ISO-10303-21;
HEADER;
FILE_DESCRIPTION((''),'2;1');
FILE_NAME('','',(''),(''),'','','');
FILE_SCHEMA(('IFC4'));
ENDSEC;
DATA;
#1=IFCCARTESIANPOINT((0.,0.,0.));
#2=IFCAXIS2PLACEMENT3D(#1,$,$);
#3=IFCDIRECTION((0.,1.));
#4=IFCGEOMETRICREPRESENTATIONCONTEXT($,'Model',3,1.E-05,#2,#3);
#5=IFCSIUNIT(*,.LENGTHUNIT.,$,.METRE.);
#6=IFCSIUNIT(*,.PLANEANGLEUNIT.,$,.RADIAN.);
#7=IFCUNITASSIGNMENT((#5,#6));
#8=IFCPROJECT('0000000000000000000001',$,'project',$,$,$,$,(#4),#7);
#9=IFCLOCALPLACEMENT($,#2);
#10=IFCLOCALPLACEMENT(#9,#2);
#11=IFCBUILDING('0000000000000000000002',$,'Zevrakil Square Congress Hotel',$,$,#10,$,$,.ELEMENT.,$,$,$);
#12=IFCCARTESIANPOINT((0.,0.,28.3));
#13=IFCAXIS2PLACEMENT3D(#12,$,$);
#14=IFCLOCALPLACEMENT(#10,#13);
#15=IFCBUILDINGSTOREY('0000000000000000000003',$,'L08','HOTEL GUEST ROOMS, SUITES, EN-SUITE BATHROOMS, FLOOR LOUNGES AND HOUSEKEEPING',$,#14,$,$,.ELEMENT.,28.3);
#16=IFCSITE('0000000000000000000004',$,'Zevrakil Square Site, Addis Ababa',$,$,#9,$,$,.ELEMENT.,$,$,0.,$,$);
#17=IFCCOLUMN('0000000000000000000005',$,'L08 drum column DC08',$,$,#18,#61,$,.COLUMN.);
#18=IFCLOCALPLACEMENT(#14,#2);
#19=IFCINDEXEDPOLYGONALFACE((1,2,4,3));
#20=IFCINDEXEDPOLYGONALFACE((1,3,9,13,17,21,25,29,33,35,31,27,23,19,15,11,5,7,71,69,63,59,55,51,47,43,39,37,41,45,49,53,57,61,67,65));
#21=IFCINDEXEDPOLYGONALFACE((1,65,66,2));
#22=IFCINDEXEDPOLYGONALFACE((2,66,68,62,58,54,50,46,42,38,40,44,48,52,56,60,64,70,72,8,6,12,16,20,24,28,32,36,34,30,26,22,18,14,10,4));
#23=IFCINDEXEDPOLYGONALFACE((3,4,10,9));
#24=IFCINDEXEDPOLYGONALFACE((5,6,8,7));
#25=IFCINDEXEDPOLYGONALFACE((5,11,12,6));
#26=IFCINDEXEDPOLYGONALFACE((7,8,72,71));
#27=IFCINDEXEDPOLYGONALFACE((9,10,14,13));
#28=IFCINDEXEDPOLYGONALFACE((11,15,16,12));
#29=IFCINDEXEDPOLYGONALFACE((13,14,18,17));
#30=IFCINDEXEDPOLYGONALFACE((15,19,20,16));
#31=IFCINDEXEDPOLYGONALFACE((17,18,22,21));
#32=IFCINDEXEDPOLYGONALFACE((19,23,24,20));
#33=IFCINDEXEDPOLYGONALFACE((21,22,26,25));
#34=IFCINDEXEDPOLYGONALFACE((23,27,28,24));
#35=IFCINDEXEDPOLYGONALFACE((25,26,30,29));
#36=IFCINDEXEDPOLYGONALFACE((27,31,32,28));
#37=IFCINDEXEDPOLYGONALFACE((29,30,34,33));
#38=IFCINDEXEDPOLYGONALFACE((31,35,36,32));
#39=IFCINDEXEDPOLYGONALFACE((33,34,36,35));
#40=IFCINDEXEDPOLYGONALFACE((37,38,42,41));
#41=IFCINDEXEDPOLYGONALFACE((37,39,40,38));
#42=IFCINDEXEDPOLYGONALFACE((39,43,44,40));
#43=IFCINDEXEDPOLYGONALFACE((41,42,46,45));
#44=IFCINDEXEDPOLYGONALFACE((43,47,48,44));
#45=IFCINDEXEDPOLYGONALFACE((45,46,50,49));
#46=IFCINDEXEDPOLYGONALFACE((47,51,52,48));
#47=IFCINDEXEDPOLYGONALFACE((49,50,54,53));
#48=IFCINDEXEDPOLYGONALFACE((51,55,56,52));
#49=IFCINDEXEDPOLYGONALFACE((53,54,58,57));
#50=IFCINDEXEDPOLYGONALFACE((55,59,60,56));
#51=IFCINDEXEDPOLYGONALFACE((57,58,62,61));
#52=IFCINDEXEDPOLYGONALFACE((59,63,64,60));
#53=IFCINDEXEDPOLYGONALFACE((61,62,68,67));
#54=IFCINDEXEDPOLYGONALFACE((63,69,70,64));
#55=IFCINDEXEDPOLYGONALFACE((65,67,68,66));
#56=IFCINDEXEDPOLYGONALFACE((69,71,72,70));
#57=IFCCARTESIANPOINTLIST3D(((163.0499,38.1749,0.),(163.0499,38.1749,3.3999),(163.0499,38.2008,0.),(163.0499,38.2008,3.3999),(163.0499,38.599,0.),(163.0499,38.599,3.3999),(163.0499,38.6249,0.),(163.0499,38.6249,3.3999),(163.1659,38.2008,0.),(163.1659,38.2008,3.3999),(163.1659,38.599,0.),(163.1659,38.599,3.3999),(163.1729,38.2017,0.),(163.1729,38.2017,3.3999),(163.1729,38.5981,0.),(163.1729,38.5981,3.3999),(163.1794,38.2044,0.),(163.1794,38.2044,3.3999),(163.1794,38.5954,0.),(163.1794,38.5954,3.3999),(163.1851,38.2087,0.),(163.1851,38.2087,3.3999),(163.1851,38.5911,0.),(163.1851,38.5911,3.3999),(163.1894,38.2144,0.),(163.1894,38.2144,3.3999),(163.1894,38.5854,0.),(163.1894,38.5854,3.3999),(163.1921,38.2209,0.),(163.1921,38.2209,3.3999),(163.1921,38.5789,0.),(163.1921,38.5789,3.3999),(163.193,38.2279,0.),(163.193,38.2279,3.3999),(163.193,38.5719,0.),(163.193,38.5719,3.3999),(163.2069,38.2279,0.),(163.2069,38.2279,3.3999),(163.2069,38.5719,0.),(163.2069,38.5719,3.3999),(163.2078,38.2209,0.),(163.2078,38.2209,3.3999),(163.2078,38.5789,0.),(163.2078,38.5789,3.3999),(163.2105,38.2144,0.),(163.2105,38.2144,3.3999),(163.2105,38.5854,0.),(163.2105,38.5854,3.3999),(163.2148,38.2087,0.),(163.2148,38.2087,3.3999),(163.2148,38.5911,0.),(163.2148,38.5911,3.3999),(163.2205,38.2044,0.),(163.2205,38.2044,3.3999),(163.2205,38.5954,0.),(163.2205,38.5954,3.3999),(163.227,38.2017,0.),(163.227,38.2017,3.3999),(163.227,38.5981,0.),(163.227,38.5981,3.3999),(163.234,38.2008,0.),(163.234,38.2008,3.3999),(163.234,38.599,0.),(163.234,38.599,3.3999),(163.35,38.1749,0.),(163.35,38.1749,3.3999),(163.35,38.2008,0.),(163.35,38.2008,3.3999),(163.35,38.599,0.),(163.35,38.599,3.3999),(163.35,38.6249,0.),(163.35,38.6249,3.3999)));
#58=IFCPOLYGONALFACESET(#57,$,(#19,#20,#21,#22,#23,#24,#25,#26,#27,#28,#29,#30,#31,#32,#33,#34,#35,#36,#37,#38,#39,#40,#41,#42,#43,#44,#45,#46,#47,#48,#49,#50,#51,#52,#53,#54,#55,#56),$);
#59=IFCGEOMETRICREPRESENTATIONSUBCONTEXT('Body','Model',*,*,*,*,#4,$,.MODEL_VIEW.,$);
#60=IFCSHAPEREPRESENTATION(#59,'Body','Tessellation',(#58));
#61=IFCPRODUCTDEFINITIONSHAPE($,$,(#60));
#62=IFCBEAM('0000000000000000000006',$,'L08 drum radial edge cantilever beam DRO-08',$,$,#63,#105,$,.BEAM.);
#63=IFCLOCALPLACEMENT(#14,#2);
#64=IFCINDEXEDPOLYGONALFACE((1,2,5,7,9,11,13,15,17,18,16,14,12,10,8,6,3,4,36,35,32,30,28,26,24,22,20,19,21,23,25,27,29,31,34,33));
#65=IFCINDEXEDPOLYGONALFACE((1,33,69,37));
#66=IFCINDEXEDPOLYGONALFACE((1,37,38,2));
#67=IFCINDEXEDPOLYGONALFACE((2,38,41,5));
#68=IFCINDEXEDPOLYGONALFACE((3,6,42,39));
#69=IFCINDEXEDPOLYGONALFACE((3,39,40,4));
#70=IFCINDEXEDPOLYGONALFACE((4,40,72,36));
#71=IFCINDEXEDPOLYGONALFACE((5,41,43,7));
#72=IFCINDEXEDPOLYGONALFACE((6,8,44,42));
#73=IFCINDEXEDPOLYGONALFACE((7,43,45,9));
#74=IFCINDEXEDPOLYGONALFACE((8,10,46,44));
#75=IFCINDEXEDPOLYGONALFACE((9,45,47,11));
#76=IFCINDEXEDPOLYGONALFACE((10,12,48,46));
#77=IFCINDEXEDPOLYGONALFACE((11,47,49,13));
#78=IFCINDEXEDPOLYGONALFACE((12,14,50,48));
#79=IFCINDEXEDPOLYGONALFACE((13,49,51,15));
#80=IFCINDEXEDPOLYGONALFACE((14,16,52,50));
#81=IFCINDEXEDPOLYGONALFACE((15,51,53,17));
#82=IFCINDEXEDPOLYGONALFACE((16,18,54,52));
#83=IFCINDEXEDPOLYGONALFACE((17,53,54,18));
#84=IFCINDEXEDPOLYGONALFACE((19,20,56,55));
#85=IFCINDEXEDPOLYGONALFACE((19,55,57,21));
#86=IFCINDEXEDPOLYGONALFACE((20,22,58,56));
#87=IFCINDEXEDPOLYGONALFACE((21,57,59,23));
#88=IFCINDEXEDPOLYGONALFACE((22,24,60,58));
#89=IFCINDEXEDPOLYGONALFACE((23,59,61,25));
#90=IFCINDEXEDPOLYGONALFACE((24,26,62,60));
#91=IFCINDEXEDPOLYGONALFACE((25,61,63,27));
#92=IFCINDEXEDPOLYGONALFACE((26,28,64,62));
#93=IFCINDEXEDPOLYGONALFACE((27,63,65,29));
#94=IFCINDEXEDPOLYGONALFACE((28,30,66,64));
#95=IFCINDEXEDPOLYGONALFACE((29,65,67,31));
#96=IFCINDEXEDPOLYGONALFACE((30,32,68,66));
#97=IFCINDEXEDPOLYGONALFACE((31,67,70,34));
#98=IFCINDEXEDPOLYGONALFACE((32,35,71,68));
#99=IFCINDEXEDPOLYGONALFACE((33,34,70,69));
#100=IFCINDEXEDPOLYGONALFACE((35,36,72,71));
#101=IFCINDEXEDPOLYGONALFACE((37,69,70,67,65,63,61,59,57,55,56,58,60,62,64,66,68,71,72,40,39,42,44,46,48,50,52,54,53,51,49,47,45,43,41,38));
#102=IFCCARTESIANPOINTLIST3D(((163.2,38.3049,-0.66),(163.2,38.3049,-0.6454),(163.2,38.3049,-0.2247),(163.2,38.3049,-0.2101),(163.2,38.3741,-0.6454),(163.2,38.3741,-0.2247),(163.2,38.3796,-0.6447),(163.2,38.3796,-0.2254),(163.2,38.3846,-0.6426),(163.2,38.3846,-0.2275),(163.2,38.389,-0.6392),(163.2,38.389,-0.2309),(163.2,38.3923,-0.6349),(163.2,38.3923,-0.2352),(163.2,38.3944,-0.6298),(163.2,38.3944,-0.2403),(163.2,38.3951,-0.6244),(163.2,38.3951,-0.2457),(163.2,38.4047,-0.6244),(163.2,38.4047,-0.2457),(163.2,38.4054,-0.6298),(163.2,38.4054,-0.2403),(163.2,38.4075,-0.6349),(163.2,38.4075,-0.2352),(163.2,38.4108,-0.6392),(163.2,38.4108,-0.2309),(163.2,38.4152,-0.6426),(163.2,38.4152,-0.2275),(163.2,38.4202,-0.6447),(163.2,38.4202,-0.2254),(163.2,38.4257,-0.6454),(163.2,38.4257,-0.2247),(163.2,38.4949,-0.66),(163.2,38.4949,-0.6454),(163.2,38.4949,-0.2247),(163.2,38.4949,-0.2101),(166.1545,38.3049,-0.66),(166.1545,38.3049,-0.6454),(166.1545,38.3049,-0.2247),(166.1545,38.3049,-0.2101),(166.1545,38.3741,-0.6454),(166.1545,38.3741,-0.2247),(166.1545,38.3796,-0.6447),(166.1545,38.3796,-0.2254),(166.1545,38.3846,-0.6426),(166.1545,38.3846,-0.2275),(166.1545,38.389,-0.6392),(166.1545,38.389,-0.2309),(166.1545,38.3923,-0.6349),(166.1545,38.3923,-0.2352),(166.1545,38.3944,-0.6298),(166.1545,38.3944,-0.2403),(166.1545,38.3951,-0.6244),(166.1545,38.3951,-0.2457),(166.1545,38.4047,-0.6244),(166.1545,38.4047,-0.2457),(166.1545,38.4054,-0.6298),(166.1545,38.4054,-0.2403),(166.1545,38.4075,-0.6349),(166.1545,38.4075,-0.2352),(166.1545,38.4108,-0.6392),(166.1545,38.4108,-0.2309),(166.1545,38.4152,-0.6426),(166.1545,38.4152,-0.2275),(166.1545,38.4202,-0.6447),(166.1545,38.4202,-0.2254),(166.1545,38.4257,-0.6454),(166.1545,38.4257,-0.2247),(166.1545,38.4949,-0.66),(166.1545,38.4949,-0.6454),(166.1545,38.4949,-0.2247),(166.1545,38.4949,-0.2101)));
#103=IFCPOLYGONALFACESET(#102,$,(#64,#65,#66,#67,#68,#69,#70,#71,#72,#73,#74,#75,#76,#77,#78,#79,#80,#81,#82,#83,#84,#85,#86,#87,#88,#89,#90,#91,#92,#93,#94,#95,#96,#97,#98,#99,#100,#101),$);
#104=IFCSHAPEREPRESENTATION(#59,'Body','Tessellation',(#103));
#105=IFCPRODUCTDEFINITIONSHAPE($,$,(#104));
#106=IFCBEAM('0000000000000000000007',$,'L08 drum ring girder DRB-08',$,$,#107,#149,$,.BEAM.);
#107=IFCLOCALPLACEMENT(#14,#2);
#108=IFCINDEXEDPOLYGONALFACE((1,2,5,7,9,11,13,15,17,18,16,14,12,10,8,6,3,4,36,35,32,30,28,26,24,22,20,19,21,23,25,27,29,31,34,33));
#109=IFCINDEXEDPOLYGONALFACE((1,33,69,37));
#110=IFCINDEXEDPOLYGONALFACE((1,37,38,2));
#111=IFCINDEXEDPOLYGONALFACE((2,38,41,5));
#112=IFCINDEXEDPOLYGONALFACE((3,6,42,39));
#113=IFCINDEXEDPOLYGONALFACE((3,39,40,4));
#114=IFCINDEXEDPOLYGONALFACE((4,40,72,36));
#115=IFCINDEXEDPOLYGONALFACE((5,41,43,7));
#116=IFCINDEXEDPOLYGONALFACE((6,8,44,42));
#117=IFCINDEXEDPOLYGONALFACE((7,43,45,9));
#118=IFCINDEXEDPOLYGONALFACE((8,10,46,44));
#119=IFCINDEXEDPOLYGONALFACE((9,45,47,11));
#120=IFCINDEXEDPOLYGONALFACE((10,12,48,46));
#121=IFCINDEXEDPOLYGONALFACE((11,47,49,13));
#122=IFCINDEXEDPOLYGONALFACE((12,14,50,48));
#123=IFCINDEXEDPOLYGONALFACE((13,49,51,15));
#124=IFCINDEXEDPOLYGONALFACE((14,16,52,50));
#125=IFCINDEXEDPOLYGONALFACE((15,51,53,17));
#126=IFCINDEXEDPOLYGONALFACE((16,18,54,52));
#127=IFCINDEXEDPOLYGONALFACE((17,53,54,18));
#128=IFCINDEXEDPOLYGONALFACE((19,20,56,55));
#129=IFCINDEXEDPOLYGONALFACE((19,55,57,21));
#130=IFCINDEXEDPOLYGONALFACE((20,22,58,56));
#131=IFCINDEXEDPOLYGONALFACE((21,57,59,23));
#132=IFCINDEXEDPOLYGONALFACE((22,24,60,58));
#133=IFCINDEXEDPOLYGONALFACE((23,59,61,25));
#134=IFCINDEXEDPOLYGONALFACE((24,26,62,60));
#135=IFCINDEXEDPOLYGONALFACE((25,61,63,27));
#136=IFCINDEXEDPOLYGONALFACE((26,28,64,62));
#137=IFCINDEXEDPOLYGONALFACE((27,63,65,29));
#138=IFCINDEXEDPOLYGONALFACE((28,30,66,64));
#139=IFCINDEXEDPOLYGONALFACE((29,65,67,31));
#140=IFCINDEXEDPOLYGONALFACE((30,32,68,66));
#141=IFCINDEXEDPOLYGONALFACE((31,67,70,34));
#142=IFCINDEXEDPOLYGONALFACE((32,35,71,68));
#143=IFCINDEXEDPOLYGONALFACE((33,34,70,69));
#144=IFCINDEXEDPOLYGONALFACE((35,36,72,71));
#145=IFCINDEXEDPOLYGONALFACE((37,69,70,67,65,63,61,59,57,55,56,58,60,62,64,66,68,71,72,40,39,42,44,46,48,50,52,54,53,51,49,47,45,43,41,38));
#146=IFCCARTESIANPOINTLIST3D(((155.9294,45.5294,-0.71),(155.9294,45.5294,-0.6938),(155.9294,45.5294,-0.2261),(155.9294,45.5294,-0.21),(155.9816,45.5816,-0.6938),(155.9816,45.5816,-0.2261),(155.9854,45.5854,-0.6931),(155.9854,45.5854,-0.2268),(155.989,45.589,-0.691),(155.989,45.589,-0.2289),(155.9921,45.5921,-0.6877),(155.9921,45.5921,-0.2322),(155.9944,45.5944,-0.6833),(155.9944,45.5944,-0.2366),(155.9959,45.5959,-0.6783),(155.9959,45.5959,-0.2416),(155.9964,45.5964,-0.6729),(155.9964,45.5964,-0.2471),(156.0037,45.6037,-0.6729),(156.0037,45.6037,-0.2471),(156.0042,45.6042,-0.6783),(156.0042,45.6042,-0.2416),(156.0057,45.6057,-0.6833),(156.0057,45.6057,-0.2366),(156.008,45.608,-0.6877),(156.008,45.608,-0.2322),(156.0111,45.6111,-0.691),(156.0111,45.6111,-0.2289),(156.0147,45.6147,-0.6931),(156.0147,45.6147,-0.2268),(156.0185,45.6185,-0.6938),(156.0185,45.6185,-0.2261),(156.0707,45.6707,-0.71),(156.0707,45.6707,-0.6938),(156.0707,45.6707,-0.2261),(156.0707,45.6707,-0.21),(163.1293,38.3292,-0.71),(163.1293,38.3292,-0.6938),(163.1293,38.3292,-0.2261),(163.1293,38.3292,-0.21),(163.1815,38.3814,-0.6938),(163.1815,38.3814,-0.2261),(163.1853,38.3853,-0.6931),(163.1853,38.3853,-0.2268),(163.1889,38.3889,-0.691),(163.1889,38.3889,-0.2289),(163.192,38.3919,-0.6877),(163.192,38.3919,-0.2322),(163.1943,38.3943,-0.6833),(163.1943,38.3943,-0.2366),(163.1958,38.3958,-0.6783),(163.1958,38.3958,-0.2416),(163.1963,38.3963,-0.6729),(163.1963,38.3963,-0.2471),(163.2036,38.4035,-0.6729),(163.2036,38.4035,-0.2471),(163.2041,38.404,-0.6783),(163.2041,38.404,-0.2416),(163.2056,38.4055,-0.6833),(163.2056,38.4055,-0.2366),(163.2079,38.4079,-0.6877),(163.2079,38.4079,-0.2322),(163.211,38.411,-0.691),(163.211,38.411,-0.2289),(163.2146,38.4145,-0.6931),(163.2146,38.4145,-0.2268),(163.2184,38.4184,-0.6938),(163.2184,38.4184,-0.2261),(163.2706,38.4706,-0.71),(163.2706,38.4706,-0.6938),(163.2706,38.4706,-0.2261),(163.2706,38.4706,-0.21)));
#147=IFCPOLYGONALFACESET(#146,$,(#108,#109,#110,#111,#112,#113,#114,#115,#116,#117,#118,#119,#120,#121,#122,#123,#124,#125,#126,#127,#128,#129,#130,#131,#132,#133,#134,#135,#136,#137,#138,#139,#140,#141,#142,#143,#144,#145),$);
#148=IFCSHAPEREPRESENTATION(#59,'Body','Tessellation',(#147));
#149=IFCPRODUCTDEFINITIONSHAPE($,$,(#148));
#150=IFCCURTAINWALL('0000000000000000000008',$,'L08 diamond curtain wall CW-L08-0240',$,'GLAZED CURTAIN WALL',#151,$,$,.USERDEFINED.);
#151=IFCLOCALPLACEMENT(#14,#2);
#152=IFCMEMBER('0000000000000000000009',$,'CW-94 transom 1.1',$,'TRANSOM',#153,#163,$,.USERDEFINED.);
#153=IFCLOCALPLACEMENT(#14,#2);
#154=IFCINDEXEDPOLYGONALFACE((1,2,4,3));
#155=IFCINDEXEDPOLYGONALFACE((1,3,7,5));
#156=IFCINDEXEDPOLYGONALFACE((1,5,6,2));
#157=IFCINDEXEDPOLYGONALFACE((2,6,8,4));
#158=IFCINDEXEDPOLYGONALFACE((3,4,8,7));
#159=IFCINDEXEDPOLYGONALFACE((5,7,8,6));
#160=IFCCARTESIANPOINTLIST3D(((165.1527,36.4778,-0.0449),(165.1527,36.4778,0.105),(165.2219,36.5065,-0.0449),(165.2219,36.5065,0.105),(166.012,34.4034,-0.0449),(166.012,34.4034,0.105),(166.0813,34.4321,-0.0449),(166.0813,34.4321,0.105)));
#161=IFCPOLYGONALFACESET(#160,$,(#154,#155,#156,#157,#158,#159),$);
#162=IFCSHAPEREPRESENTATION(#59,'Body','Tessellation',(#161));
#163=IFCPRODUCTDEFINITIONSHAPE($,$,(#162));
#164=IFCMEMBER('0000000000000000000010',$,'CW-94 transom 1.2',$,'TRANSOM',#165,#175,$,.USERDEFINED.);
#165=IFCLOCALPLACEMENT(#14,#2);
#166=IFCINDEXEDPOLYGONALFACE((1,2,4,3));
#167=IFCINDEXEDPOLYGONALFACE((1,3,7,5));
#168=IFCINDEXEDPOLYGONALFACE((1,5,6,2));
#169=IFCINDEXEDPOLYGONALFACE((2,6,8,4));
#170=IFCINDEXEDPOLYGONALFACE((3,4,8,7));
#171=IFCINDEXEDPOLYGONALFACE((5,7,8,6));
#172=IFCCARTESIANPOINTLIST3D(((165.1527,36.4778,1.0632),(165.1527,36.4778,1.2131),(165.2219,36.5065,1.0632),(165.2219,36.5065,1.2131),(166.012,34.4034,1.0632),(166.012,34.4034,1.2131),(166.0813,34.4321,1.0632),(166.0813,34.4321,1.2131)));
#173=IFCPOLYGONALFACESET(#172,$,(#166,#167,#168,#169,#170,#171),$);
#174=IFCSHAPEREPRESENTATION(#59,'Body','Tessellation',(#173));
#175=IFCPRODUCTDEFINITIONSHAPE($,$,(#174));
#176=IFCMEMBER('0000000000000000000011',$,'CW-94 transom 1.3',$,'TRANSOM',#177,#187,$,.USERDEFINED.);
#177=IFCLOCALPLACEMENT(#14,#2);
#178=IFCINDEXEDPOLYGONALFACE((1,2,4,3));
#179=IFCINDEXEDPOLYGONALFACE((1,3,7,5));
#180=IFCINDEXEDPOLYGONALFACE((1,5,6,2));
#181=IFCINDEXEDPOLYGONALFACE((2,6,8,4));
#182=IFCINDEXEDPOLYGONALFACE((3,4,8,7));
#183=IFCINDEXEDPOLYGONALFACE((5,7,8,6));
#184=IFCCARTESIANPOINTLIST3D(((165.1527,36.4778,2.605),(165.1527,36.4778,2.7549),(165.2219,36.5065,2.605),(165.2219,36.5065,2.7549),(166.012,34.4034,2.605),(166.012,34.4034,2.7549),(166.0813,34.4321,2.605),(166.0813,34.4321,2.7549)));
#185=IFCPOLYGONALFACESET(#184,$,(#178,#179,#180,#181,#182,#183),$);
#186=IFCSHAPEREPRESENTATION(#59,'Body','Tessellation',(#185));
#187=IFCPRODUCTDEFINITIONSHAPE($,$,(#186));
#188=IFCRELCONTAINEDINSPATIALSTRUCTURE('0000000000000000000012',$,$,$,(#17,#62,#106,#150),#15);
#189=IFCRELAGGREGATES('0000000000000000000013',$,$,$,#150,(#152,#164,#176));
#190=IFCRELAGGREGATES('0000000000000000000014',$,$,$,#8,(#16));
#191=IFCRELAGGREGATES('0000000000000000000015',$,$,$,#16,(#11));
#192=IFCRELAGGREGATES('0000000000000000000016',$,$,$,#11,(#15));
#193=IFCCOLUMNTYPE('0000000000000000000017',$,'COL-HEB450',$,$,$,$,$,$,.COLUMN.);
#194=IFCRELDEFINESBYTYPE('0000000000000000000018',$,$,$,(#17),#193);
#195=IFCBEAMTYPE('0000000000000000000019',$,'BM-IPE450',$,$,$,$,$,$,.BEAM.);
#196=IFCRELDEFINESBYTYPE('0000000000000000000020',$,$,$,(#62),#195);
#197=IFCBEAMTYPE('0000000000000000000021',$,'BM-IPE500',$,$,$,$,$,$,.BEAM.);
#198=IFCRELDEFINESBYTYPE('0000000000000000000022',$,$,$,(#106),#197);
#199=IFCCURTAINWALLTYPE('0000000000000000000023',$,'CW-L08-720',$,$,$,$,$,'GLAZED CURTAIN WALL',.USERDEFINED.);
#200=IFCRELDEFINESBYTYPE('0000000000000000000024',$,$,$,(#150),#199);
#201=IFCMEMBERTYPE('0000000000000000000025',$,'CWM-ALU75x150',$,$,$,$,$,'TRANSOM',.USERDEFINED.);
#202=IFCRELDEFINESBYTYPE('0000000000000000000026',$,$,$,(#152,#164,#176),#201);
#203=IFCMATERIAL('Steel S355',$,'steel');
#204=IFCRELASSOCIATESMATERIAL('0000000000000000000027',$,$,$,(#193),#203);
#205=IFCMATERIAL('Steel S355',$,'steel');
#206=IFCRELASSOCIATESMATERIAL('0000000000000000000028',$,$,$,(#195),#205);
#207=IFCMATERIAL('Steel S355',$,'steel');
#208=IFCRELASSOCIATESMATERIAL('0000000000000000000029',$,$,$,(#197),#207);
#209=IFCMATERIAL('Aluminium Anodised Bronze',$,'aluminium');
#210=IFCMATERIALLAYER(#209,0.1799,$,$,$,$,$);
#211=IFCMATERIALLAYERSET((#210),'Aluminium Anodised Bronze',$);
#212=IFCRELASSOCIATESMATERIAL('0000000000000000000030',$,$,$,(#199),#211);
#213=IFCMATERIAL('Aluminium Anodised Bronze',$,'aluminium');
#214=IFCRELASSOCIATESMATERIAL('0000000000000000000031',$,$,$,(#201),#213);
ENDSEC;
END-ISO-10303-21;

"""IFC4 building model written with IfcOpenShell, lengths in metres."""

from ifc_helpers import new_model, si_unit, direction, frame, origin, origin_2d, place, context, subcontext, project, spatial, rectangle, i_section, extrude, material, layer, layer_set, material_profile, profile_set, type_object, element, aggregate, save


model = new_model("IFC4")

# Units and contexts
model_context = context("Model", 3, precision=1e-05, world=origin(), true_north=direction((0.0, 1.0)))
body_context = subcontext(model_context, "Body", "Model", "MODEL_VIEW")
ifc_project = project(units=[si_unit("LENGTHUNIT", "METRE"), si_unit("PLANEANGLEUNIT", "RADIAN")], contexts=[model_context])

# Site, building, storey
site_placement = place(None, origin())
site = spatial("IfcSite", under=ifc_project, at=site_placement, Name="Zevrakil Square Site, Addis Ababa", CompositionType="ELEMENT", RefElevation=0.0)
building_placement = place(site_placement, origin())
building = spatial("IfcBuilding", under=site, at=building_placement, Name="Zevrakil Square Congress Hotel", CompositionType="ELEMENT")
storey_placement = place(building_placement, frame((0.0, 0.0, 28.3)))
storey = spatial("IfcBuildingStorey", under=building, at=storey_placement, Name="L08", Description="HOTEL GUEST ROOMS, SUITES, EN-SUITE BATHROOMS, FLOOR LOUNGES AND HOUSEKEEPING", CompositionType="ELEMENT", Elevation=28.3)

# Column
ifc_material_1 = material(Name="Steel S355", Category="steel")
ifc_material_profile_1 = material_profile(ifc_material_1, i_section(OverallWidth=0.3, OverallDepth=0.45, WebThickness=0.0139, FlangeThickness=0.0259, FilletRadius=0.0271, at=origin_2d()), Name="HEB 450")
ifc_profile_set_1 = profile_set([ifc_material_profile_1], Name="Steel S355")
column_type = type_object("IfcColumnType", Name="COL-HEB450", PredefinedType="COLUMN", material=ifc_profile_set_1)
column_placement = place(storey_placement, frame((163.2, 38.3999, 0.0), z_axis=(0.0, 0.0, 1.0), x_axis=(1.0, 0.0, 0.0)))
element("IfcColumn", 1, at=column_placement, inside=storey, type_object=column_type, Name="L08 drum column DC08", PredefinedType="COLUMN", context=body_context, shape_type="SweptSolid", body=[
    extrude(i_section(OverallWidth=0.3, OverallDepth=0.45, WebThickness=0.0139, FlangeThickness=0.0259, FilletRadius=0.0271, at=origin_2d()), origin(), (0.0, 0.0, 1.0), 3.3999),
])

# Beams
ifc_material_2 = material(Name="Steel S355", Category="steel")
ifc_material_profile_2 = material_profile(ifc_material_2, i_section(OverallWidth=0.1899, OverallDepth=0.45, WebThickness=0.0095, FlangeThickness=0.0146, FilletRadius=0.021, at=origin_2d()), Name="IPE 450")
ifc_profile_set_2 = profile_set([ifc_material_profile_2], Name="Steel S355")
beam_type_1 = type_object("IfcBeamType", Name="BM-IPE450", PredefinedType="BEAM", material=ifc_profile_set_2)
beam_1_placement = place(storey_placement, frame((163.2, 38.3999, -0.4351), z_axis=(1.0, 0.0, 0.0), x_axis=(0.0, 1.0, 0.0)))
element("IfcBeam", 2, at=beam_1_placement, inside=storey, type_object=beam_type_1, Name="L08 drum radial edge cantilever beam DRO-08", PredefinedType="BEAM", context=body_context, shape_type="SweptSolid", body=[
    extrude(i_section(OverallWidth=0.1899, OverallDepth=0.45, WebThickness=0.0095, FlangeThickness=0.0146, FilletRadius=0.021, at=origin_2d()), origin(), (0.0, 0.0, 1.0), 2.9546),
])
ifc_material_3 = material(Name="Steel S355", Category="steel")
ifc_material_profile_3 = material_profile(ifc_material_3, i_section(OverallWidth=0.2, OverallDepth=0.5, WebThickness=0.0103, FlangeThickness=0.0161, FilletRadius=0.021, at=origin_2d()), Name="IPE 500")
ifc_profile_set_3 = profile_set([ifc_material_profile_3], Name="Steel S355")
beam_type_2 = type_object("IfcBeamType", Name="BM-IPE500", PredefinedType="BEAM", material=ifc_profile_set_3)
beam_2_placement = place(storey_placement, frame((163.2, 38.3999, -0.46), z_axis=(-0.707095, 0.707119, 0.0), x_axis=(-0.707119, -0.707095, 0.0)))
element("IfcBeam", 3, at=beam_2_placement, inside=storey, type_object=beam_type_2, Name="L08 drum ring girder DRB-08", PredefinedType="BEAM", context=body_context, shape_type="SweptSolid", body=[
    extrude(i_section(OverallWidth=0.2, OverallDepth=0.5, WebThickness=0.0103, FlangeThickness=0.0161, FilletRadius=0.021, at=origin_2d()), origin(), (0.0, 0.0, 1.0), 10.1824),
])

# Curtain wall, members
ifc_material_4 = material(Name="Aluminium Anodised Bronze", Category="aluminium")
ifc_layer_1 = layer(ifc_material_4, 0.1799)
ifc_layer_set_1 = layer_set([ifc_layer_1], Name="Aluminium Anodised Bronze")
curtain_wall_type = type_object("IfcCurtainWallType", Name="CW-L08-720", ElementType="GLAZED CURTAIN WALL", PredefinedType="USERDEFINED", material=ifc_layer_set_1)
curtain_wall_placement = place(storey_placement, origin())
curtain_wall = element("IfcCurtainWall", 4, at=curtain_wall_placement, inside=storey, type_object=curtain_wall_type, Name="L08 diamond curtain wall CW-L08-0240", ObjectType="GLAZED CURTAIN WALL", PredefinedType="USERDEFINED")
ifc_material_5 = material(Name="Aluminium Anodised Bronze", Category="aluminium")
ifc_material_profile_4 = material_profile(ifc_material_5, rectangle(XDim=0.075, YDim=0.1499, at=origin_2d()), Name="ALU 75x150")
ifc_profile_set_4 = profile_set([ifc_material_profile_4], Name="Aluminium Anodised Bronze")
member_type_1 = type_object("IfcMemberType", Name="CWM-ALU75x150", ElementType="TRANSOM", PredefinedType="USERDEFINED", material=ifc_profile_set_4)
member_1_placement = place(storey_placement, frame((166.0466, 34.4177, 0.03), z_axis=(-0.382723, 0.923863, 0.0), x_axis=(-0.923863, -0.382723, 0.0)))
member_1 = element("IfcMember", 5, at=member_1_placement, type_object=member_type_1, Name="CW-94 transom 1.1", ObjectType="TRANSOM", PredefinedType="USERDEFINED", context=body_context, shape_type="SweptSolid", body=[
    extrude(rectangle(XDim=0.075, YDim=0.1499, at=origin_2d()), origin(), (0.0, 0.0, 1.0), 2.2454),
])
member_2_placement = place(storey_placement, frame((166.0466, 34.4177, 1.1382), z_axis=(-0.382723, 0.923863, 0.0), x_axis=(-0.923863, -0.382723, 0.0)))
member_2 = element("IfcMember", 6, at=member_2_placement, type_object=member_type_1, Name="CW-94 transom 1.2", ObjectType="TRANSOM", PredefinedType="USERDEFINED", context=body_context, shape_type="SweptSolid", body=[
    extrude(rectangle(XDim=0.075, YDim=0.1499, at=origin_2d()), origin(), (0.0, 0.0, 1.0), 2.2454),
])
member_3_placement = place(storey_placement, frame((166.0466, 34.4177, 2.6799), z_axis=(-0.382723, 0.923863, 0.0), x_axis=(-0.923863, -0.382723, 0.0)))
member_3 = element("IfcMember", 7, at=member_3_placement, type_object=member_type_1, Name="CW-94 transom 1.3", ObjectType="TRANSOM", PredefinedType="USERDEFINED", context=body_context, shape_type="SweptSolid", body=[
    extrude(rectangle(XDim=0.075, YDim=0.1499, at=origin_2d()), origin(), (0.0, 0.0, 1.0), 2.2454),
])
aggregate(curtain_wall, [member_1, member_2, member_3])

save(model, "model.ifc")
